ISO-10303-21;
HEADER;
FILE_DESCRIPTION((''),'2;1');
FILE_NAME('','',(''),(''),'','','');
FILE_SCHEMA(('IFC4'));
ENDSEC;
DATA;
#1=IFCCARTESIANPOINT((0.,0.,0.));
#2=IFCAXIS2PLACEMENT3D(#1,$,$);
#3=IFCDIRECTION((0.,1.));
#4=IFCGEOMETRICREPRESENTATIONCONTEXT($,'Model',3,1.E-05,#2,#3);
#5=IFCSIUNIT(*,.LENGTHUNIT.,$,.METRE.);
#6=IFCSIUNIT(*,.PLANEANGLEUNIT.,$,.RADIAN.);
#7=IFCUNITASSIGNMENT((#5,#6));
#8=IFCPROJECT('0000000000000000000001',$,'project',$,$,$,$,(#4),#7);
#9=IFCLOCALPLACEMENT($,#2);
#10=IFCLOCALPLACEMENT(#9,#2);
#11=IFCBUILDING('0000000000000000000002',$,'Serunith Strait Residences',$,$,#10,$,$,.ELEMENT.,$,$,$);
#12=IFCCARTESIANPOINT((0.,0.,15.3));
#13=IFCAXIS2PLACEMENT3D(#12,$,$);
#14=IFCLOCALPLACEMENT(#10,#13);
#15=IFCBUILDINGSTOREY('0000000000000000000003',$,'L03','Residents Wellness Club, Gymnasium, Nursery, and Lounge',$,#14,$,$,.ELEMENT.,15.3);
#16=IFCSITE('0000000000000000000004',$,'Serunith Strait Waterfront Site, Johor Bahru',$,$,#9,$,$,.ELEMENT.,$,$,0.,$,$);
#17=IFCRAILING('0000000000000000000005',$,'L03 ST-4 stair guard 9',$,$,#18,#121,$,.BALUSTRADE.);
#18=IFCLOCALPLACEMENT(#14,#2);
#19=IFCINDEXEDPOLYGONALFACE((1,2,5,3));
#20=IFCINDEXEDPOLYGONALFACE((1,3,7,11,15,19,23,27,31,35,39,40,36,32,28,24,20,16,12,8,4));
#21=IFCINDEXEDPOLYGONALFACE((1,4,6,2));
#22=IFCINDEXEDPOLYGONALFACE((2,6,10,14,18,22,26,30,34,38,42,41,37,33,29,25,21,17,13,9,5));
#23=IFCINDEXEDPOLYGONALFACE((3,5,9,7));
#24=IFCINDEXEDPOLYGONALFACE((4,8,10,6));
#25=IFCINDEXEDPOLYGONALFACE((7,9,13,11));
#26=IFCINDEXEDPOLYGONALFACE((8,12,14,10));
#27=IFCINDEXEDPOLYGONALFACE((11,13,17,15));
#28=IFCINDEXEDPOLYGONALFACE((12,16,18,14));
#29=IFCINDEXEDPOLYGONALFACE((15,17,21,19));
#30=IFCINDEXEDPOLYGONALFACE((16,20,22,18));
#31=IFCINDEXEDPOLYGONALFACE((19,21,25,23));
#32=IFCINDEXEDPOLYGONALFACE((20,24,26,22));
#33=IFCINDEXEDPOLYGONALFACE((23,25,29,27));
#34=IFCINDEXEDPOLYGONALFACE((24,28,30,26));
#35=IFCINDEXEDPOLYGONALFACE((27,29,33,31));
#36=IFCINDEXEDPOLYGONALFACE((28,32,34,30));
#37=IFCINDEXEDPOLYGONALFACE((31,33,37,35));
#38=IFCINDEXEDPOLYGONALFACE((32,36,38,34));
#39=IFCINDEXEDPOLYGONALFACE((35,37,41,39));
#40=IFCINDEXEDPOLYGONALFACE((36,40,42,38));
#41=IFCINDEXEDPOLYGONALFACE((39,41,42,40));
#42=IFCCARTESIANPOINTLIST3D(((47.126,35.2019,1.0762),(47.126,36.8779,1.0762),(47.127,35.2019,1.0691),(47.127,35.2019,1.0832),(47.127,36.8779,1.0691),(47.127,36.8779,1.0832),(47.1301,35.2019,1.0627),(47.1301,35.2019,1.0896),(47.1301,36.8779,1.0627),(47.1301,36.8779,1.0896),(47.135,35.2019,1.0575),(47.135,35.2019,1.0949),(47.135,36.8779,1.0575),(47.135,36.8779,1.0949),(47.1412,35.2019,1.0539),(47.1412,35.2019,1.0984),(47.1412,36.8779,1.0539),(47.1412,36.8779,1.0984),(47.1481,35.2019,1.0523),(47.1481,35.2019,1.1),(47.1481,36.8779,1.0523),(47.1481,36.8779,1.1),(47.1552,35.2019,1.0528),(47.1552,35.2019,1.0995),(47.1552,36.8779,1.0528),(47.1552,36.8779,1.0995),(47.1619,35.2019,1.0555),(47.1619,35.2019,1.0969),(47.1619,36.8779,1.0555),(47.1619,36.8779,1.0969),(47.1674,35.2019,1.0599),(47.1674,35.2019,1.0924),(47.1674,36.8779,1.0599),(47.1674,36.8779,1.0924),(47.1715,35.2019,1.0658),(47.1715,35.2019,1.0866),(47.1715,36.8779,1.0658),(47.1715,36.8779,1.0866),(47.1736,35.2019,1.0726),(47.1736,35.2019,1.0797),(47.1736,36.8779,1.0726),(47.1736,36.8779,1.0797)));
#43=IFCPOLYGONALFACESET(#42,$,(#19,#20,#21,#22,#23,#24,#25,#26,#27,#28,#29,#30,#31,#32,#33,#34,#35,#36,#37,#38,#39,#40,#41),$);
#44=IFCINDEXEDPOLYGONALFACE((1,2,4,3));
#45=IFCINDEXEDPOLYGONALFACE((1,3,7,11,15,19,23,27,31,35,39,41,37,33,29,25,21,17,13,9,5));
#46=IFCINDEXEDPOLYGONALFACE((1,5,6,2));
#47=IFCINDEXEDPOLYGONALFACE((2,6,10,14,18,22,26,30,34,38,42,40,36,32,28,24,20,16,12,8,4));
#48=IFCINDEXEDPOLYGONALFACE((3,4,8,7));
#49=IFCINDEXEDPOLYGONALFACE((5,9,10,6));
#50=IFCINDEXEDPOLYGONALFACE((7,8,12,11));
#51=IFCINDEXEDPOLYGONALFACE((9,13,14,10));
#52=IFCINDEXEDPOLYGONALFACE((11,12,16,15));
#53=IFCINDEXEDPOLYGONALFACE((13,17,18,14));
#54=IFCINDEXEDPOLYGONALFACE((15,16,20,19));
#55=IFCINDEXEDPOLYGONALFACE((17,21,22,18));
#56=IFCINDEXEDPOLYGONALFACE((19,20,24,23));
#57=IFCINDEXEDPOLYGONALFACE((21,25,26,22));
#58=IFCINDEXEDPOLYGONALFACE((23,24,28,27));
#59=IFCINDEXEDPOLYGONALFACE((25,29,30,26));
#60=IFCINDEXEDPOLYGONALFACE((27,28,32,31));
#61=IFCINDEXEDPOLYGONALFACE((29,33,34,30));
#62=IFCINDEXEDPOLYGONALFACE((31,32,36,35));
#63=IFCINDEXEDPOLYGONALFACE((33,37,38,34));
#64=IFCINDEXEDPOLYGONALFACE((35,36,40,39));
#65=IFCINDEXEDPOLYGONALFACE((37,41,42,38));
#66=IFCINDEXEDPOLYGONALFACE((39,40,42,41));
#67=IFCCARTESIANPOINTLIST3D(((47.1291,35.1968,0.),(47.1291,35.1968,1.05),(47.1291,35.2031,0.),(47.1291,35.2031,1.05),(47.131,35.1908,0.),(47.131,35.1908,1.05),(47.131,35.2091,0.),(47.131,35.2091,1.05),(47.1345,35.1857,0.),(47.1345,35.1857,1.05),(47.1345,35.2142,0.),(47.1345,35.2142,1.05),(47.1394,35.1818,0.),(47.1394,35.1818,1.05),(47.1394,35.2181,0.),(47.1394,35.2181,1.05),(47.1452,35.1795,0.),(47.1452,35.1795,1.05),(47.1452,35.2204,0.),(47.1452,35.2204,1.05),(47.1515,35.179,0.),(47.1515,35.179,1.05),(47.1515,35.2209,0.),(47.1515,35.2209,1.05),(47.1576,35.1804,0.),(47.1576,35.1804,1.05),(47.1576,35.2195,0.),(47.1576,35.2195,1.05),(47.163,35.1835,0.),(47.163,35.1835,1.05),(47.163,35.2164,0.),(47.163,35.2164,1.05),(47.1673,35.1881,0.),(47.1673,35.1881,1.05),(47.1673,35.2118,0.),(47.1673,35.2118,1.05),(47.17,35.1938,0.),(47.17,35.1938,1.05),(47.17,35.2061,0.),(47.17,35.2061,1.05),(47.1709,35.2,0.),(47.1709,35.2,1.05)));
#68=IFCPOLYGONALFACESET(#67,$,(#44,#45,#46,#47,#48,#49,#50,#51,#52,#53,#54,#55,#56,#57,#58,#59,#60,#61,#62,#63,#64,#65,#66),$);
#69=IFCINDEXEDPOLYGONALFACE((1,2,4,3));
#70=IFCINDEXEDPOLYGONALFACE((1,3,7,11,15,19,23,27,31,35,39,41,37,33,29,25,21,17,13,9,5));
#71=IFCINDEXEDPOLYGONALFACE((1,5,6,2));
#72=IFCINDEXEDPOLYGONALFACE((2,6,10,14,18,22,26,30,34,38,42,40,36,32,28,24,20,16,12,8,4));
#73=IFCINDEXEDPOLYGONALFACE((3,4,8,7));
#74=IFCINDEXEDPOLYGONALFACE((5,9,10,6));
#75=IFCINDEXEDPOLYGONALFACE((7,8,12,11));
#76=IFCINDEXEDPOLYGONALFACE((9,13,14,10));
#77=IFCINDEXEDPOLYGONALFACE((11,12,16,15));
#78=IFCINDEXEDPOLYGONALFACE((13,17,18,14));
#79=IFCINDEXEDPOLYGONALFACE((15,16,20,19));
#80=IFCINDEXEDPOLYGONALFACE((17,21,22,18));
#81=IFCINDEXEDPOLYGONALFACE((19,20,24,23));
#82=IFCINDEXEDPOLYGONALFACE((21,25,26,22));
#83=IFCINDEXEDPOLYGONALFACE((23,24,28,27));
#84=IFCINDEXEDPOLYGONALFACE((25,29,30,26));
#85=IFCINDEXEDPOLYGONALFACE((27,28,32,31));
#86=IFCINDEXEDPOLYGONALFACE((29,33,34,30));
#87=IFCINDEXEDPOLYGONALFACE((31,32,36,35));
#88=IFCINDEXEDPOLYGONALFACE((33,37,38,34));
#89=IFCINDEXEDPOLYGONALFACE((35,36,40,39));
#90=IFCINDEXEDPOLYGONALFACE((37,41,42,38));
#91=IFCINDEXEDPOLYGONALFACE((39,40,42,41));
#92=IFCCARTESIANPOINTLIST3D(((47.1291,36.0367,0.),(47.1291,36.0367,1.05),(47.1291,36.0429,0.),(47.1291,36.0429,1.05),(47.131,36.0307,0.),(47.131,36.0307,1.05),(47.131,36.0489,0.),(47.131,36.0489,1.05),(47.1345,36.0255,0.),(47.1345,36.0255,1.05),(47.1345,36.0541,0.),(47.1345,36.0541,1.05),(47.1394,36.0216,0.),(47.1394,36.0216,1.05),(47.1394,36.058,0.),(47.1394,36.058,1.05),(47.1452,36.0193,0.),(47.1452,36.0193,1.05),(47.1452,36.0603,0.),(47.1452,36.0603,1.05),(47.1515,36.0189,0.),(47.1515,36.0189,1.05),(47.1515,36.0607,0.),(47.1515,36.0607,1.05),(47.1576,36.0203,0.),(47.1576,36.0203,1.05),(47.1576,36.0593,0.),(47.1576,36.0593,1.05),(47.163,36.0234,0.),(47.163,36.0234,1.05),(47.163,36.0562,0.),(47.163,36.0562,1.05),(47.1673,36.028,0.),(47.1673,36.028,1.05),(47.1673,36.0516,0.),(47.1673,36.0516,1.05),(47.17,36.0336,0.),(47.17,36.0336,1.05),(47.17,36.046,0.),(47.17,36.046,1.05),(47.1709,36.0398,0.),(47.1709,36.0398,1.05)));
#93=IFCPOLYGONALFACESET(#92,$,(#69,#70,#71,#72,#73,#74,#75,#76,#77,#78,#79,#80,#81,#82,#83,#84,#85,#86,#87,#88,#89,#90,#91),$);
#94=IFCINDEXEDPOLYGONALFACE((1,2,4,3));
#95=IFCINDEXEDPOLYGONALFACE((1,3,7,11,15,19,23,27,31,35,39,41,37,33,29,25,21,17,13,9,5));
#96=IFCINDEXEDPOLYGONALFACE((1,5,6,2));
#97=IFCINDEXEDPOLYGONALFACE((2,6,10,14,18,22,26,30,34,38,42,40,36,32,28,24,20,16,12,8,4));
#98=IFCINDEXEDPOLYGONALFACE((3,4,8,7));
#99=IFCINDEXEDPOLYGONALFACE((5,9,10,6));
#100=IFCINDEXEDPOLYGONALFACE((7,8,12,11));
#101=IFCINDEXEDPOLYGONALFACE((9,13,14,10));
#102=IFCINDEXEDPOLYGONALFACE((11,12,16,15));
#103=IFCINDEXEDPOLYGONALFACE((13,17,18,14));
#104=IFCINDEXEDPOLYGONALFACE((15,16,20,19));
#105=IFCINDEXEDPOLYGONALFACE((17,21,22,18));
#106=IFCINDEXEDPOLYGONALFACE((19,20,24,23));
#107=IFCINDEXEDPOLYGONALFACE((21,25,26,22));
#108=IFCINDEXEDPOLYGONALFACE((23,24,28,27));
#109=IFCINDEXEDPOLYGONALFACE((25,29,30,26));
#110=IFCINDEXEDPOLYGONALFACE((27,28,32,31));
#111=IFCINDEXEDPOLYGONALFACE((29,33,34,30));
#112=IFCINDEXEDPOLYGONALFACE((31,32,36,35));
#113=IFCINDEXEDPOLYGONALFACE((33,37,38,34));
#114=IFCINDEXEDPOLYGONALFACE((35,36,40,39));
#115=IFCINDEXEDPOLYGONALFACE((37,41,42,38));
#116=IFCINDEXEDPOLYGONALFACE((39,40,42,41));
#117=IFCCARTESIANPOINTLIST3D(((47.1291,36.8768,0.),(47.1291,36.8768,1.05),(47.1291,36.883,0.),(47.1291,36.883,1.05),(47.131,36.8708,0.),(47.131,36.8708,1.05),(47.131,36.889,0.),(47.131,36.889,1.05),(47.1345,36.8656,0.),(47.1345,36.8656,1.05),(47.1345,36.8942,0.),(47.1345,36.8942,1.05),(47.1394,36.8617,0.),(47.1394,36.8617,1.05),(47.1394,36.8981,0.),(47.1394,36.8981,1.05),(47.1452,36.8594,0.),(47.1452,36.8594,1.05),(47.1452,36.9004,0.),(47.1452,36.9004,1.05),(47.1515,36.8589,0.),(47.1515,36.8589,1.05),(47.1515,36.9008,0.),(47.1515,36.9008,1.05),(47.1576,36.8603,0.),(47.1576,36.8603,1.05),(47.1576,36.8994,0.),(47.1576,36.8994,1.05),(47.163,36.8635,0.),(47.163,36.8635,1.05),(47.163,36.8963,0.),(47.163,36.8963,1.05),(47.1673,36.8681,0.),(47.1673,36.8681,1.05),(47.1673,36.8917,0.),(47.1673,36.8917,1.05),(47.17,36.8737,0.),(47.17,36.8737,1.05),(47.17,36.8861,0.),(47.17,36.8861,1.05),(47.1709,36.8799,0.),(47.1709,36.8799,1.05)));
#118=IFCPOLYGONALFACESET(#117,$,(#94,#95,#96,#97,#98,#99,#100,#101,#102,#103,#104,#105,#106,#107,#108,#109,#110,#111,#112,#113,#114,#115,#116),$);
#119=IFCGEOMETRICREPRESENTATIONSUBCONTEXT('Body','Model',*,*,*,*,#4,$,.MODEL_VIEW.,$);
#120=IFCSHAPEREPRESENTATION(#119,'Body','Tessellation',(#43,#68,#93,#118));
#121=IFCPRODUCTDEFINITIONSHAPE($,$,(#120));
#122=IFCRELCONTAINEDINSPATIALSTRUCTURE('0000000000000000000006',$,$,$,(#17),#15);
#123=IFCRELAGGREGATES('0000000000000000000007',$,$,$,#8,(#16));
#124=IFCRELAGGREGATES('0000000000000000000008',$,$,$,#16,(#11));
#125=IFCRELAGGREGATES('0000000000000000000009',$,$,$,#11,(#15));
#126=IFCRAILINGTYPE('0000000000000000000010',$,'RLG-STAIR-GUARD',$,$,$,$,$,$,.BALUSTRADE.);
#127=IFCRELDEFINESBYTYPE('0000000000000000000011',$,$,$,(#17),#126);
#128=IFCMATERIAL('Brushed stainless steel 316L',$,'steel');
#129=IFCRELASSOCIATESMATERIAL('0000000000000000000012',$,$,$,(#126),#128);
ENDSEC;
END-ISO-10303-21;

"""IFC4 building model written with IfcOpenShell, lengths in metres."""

from ifc_helpers import new_model, si_unit, direction, frame, origin, origin_2d, place, context, subcontext, project, spatial, circle, extrude, material, type_object, element, save


model = new_model("IFC4")

# Units and contexts
model_context = context("Model", 3, precision=1e-05, world=origin(), true_north=direction((0.0, 1.0)))
body_context = subcontext(model_context, "Body", "Model", "MODEL_VIEW")
ifc_project = project(units=[si_unit("LENGTHUNIT", "METRE"), si_unit("PLANEANGLEUNIT", "RADIAN")], contexts=[model_context])

# Site, building, storey
site_placement = place(None, origin())
site = spatial("IfcSite", under=ifc_project, at=site_placement, Name="Serunith Strait Waterfront Site, Johor Bahru", CompositionType="ELEMENT", RefElevation=0.0)
building_placement = place(site_placement, origin())
building = spatial("IfcBuilding", under=site, at=building_placement, Name="Serunith Strait Residences", CompositionType="ELEMENT")
storey_placement = place(building_placement, frame((0.0, 0.0, 15.3)))
storey = spatial("IfcBuildingStorey", under=building, at=storey_placement, Name="L03", Description="Residents Wellness Club, Gymnasium, Nursery, and Lounge", CompositionType="ELEMENT", Elevation=15.3)

# Railing
ifc_material_1 = material(Name="Brushed stainless steel 316L", Category="steel")
railing_type_1 = type_object("IfcRailingType", Name="RLG-STAIR-GUARD", PredefinedType="BALUSTRADE", material=ifc_material_1)
for number, where, name in (
    (1, (47.1499, 35.2, 0.0), "L03 ST-4 stair guard 9"),
):
    element("IfcRailing", number, at=place(storey_placement, frame(where)), inside=storey, type_object=railing_type_1, Name=name, PredefinedType="BALUSTRADE", context=body_context, shape_type="SweptSolid", body=[
        extrude(circle(Radius=0.0239, at=origin_2d()), frame((0.0, 0.002, 1.0762), z_axis=(0.0, 1.0, 0.0), x_axis=(-1.0, 0.0, 0.0)), (0.0, 0.0, 1.0), 1.676),
        extrude(circle(Radius=0.021, at=origin_2d()), origin(), (0.0, 0.0, 1.0), 1.05),
        extrude(circle(Radius=0.021, at=origin_2d()), frame((0.0, 0.8398, 0.0)), (0.0, 0.0, 1.0), 1.05),
        extrude(circle(Radius=0.021, at=origin_2d()), frame((0.0, 1.6799, 0.0)), (0.0, 0.0, 1.0), 1.05),
    ])

save(model, "model.ifc")
